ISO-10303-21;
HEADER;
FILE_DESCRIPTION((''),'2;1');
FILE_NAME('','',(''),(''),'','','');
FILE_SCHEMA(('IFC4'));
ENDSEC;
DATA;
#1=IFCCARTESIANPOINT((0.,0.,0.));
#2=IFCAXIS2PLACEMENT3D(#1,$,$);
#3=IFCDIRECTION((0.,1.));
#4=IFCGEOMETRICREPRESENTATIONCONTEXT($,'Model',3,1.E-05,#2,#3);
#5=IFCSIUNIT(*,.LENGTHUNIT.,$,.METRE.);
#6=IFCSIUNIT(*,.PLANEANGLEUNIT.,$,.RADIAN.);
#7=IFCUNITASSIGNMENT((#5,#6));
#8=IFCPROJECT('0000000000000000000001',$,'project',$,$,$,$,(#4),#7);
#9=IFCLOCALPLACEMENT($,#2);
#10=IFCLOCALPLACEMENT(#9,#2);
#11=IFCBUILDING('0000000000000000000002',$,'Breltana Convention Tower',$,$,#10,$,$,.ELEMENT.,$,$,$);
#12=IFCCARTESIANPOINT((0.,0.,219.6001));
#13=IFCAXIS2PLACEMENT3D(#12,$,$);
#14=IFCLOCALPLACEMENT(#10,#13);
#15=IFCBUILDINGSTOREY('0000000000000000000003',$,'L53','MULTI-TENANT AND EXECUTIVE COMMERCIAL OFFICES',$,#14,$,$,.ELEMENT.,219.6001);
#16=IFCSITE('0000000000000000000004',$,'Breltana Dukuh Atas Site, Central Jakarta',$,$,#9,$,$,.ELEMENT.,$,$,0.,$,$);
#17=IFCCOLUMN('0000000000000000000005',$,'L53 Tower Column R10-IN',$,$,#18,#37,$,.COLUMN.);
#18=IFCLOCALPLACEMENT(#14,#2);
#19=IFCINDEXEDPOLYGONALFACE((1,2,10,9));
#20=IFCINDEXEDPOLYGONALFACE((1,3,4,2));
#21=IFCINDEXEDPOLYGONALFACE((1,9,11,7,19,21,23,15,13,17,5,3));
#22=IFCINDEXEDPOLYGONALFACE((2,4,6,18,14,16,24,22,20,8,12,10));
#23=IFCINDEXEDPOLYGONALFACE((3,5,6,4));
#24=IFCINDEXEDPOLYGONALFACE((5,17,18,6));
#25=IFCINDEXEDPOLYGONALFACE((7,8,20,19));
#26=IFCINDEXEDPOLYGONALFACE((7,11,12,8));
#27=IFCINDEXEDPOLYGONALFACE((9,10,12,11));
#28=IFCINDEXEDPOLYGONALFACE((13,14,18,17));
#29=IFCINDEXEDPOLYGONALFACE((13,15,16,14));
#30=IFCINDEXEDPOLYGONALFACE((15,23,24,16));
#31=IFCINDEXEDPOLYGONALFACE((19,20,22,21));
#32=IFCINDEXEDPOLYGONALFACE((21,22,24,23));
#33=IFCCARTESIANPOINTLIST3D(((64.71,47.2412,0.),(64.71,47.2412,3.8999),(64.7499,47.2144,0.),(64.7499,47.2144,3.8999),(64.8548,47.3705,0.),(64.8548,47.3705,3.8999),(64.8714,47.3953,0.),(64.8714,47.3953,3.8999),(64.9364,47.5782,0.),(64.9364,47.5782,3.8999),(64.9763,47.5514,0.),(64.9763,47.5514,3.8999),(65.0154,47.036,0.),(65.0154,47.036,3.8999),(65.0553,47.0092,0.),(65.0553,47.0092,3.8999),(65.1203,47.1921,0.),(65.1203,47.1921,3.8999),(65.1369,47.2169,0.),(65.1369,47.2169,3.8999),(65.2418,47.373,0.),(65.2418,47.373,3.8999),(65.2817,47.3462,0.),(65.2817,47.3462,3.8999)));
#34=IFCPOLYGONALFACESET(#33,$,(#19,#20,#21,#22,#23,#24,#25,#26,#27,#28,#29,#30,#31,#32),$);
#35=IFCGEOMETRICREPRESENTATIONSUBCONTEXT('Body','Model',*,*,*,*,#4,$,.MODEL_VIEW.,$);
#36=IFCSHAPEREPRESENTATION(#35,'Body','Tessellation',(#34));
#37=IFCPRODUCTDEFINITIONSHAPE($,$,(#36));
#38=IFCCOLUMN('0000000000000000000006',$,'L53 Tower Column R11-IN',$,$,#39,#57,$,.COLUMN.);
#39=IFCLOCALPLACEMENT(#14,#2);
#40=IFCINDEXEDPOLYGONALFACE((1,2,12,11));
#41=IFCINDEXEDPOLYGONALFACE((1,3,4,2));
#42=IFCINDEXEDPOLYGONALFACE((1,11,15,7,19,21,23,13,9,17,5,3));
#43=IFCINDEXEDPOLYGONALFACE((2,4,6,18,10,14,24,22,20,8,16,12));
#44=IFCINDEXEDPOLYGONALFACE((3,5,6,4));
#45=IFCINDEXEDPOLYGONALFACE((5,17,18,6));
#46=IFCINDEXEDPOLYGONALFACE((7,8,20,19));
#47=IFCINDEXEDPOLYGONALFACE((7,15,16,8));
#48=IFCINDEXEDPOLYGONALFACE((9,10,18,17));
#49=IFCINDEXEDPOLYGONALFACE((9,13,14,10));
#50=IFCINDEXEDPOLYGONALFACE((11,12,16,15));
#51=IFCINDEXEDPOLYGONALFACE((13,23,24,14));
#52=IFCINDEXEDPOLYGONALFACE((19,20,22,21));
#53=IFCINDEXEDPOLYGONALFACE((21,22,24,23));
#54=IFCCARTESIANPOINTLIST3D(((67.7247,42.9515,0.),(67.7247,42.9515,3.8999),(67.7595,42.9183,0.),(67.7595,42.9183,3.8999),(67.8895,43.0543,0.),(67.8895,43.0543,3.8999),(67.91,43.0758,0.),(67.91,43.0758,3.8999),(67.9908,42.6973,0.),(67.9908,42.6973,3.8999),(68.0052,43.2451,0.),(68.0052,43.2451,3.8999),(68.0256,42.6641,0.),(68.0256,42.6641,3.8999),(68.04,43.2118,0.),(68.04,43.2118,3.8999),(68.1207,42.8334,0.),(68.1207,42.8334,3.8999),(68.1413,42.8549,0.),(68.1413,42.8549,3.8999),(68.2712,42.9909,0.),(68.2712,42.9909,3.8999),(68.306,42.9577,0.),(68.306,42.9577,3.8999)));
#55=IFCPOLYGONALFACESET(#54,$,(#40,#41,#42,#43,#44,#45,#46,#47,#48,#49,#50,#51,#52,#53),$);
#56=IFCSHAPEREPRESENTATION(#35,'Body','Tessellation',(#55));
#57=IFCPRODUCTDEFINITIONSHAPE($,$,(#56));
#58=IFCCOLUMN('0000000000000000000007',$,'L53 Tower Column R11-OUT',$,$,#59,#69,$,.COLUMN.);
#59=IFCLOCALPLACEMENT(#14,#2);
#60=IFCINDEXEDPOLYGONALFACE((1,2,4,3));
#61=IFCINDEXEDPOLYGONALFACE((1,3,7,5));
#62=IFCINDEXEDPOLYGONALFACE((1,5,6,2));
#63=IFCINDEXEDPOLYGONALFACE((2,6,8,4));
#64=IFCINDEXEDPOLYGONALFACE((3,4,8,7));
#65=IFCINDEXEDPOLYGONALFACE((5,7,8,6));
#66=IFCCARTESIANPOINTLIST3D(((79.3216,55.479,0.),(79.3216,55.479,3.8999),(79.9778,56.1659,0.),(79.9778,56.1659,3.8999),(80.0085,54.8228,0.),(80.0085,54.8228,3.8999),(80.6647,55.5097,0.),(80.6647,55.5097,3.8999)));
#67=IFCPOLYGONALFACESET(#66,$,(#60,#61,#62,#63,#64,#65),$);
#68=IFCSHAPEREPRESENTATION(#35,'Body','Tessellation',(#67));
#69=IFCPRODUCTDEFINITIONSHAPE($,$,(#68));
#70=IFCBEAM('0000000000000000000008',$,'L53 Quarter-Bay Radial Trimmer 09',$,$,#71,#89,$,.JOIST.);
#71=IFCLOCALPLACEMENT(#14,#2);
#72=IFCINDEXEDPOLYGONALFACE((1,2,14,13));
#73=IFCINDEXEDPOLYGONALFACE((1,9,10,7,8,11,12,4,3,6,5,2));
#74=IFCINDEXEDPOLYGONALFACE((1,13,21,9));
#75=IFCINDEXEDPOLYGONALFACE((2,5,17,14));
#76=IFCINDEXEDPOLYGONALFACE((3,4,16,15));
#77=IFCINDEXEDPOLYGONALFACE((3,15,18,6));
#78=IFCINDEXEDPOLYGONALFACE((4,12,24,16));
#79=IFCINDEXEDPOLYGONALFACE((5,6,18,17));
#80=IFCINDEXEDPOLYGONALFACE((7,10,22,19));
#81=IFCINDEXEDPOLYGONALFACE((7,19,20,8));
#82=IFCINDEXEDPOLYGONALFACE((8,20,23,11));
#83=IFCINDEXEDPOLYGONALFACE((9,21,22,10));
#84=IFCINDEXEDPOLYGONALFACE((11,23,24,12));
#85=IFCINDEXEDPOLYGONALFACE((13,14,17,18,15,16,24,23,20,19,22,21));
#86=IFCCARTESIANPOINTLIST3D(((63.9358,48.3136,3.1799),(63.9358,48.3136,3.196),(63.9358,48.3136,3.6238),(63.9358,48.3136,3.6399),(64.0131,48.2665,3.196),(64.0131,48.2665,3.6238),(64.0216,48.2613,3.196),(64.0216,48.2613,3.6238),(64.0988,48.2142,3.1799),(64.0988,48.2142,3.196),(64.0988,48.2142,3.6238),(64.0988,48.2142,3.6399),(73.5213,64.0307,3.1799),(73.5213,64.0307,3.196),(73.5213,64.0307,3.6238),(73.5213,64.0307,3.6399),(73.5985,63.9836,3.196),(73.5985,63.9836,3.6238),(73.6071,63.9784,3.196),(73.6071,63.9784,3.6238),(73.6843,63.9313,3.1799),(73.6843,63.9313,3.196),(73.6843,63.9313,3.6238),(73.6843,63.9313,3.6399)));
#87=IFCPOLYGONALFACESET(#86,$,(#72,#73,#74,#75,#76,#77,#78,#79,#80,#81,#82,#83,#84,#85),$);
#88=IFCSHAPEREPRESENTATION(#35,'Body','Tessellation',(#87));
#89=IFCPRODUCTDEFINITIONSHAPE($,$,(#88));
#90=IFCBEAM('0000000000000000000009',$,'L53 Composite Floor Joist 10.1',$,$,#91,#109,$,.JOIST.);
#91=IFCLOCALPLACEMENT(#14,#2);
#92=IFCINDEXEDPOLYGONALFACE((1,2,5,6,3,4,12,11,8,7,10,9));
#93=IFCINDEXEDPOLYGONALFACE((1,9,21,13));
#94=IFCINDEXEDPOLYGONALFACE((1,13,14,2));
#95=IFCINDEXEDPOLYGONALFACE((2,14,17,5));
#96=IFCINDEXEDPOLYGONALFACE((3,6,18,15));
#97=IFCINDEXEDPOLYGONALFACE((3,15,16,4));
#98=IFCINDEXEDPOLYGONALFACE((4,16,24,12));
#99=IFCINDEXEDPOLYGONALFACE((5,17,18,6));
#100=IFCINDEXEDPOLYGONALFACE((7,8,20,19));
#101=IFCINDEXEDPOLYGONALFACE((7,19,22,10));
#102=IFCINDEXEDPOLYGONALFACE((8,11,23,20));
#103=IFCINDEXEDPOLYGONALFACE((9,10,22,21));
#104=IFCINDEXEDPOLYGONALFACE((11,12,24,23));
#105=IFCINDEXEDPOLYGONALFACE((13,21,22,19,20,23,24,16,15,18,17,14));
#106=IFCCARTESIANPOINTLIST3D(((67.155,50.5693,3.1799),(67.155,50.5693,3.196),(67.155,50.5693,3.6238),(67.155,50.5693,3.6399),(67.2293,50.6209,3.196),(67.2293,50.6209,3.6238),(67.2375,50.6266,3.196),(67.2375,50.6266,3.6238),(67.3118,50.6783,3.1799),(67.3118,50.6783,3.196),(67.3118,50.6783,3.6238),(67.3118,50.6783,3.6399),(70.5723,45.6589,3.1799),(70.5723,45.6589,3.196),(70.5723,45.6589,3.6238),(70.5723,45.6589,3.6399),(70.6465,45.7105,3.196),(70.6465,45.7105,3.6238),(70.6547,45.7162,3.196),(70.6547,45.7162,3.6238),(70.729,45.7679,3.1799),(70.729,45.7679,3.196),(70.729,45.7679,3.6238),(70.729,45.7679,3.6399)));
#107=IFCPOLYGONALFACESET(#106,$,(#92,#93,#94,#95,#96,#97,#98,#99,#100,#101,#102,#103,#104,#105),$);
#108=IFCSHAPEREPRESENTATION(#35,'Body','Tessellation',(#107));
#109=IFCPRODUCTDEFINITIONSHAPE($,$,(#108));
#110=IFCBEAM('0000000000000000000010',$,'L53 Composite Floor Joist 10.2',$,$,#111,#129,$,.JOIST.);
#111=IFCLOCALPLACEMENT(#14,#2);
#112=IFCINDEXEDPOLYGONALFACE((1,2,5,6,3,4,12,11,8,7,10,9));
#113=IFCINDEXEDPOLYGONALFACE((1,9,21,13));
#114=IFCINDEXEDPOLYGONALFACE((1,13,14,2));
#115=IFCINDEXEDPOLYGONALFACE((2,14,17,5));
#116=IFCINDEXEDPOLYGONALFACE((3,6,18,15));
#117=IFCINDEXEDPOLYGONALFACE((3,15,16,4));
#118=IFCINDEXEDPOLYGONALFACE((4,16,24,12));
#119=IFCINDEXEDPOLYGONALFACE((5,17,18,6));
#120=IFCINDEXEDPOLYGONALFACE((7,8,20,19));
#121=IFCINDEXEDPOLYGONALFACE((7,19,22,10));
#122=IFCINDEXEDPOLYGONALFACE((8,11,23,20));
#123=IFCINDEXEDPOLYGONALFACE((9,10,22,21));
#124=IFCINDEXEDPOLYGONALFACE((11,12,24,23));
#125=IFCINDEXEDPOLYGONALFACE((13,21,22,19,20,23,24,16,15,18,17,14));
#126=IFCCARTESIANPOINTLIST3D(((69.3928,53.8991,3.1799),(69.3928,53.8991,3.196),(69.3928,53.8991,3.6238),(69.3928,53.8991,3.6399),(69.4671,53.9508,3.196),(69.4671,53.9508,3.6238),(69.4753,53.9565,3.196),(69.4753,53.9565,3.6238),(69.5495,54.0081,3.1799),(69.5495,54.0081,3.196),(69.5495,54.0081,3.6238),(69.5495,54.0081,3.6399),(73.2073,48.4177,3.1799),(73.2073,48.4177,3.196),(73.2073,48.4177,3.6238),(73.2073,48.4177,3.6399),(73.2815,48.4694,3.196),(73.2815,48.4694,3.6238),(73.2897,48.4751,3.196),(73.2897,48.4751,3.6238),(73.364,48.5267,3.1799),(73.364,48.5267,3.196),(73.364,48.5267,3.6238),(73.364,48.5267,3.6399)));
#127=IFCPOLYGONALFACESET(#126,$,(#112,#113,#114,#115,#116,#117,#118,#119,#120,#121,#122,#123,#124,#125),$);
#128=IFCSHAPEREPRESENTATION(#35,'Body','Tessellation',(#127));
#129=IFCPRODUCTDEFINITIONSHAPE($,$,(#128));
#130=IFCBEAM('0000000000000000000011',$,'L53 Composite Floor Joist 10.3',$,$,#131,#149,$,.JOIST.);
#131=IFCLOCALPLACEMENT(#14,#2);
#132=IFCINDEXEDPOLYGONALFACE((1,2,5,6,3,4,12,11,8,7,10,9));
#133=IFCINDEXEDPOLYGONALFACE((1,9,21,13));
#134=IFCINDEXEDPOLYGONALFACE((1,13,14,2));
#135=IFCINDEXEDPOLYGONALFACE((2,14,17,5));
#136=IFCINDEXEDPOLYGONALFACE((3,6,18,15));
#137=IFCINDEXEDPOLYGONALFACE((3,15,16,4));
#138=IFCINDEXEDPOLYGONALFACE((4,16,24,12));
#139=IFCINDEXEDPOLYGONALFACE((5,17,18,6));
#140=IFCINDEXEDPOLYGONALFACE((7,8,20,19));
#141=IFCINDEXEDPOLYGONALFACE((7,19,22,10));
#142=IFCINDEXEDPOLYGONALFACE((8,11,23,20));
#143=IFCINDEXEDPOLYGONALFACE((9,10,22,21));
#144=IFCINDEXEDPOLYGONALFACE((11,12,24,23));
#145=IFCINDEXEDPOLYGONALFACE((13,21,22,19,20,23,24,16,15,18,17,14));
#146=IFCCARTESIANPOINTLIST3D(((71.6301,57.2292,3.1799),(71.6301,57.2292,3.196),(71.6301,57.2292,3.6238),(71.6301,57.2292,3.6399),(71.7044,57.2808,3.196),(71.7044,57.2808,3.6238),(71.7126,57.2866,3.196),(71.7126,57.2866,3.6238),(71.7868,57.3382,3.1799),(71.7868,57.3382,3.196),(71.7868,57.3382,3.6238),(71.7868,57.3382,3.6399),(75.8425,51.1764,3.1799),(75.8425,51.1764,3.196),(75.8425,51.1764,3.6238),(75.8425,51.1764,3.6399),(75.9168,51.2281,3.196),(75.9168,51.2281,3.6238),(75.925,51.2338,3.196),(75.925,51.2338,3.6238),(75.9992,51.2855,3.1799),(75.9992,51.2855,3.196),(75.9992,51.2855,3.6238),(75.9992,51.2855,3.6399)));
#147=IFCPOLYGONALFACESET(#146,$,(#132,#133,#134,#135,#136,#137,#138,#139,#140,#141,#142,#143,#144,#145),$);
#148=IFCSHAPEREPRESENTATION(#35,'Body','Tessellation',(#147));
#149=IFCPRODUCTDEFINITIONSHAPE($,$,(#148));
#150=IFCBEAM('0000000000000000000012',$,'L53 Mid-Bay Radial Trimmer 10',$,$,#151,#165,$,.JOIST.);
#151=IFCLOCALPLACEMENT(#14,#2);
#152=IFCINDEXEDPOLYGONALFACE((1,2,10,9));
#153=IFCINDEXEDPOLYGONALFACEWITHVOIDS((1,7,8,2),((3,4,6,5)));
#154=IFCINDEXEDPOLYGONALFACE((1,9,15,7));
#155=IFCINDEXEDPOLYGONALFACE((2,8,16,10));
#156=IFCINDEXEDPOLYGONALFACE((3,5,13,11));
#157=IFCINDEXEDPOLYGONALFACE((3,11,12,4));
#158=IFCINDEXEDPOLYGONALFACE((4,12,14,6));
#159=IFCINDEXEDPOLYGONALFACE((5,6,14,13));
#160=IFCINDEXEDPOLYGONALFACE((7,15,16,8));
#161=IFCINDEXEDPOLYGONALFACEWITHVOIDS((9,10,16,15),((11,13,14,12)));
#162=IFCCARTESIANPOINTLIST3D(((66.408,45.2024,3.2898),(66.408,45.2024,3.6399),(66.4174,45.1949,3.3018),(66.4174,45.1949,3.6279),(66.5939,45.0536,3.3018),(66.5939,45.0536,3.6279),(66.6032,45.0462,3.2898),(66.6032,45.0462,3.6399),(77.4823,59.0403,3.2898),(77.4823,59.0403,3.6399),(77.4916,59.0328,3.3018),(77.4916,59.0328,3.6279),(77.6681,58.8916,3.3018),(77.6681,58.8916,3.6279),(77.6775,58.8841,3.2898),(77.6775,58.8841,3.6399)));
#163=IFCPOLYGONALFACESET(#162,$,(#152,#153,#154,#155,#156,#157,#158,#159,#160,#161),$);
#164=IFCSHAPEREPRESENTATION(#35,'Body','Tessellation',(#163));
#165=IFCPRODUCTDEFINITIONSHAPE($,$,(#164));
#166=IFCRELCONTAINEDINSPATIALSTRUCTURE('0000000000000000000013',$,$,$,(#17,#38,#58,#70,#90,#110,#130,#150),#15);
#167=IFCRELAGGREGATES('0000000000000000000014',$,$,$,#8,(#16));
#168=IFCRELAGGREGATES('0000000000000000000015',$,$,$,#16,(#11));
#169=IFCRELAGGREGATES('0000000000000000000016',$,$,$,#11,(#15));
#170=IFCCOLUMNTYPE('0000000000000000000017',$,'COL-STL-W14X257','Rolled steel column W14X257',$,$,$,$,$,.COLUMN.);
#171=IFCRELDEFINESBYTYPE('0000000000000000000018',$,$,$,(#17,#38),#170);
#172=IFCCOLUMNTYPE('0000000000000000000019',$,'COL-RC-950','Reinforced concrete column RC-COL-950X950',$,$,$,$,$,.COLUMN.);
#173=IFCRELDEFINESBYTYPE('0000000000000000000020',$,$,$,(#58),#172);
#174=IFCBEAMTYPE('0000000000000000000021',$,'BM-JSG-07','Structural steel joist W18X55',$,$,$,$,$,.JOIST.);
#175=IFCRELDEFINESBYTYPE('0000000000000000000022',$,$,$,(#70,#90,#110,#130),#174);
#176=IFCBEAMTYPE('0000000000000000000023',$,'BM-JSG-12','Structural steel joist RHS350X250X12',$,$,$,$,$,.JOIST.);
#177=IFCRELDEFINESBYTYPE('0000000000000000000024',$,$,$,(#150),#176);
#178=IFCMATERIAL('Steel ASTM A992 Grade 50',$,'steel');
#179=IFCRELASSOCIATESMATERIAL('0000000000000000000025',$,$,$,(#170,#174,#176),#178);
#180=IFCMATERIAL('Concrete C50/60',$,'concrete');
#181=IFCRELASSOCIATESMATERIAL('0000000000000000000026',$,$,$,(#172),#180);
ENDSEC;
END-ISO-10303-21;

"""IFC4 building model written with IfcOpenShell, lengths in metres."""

from ifc_helpers import new_model, si_unit, direction, frame, origin, origin_2d, place, context, subcontext, project, spatial, rectangle, hollow_rectangle, i_section, extrude, source, transform, mapped, material, material_profile, profile_set, type_object, element, save


model = new_model("IFC4")

# Units and contexts
model_context = context("Model", 3, precision=1e-05, world=origin(), true_north=direction((0.0, 1.0)))
body_context = subcontext(model_context, "Body", "Model", "MODEL_VIEW")
ifc_project = project(units=[si_unit("LENGTHUNIT", "METRE"), si_unit("PLANEANGLEUNIT", "RADIAN")], contexts=[model_context])

# Site, building, storey
site_placement = place(None, origin())
site = spatial("IfcSite", under=ifc_project, at=site_placement, Name="Breltana Dukuh Atas Site, Central Jakarta", CompositionType="ELEMENT", RefElevation=0.0)
building_placement = place(site_placement, origin())
building = spatial("IfcBuilding", under=site, at=building_placement, Name="Breltana Convention Tower", CompositionType="ELEMENT")
storey_placement = place(building_placement, frame((0.0, 0.0, 219.6001)))
storey = spatial("IfcBuildingStorey", under=building, at=storey_placement, Name="L53", Description="MULTI-TENANT AND EXECUTIVE COMMERCIAL OFFICES", CompositionType="ELEMENT", Elevation=219.6001)

# Columns
ifc_material_1 = material(Name="Steel ASTM A992 Grade 50", Category="steel")
ifc_material_profile_1 = material_profile(ifc_material_1, i_section(OverallWidth=0.406, OverallDepth=0.416, WebThickness=0.0298, FlangeThickness=0.0481, at=origin_2d()), Name="W14X257")
ifc_profile_set_1 = profile_set([ifc_material_profile_1], Name="Steel ASTM A992 Grade 50")
column_type_1 = type_object("IfcColumnType", Name="COL-STL-W14X257", Description="Rolled steel column W14X257", PredefinedType="COLUMN", material=ifc_profile_set_1)
shared_shape_1 = source(origin(), body_context, "Body", "SweptSolid", [
    extrude(i_section(OverallWidth=0.406, OverallDepth=0.416, WebThickness=0.0298, FlangeThickness=0.0481, at=origin_2d()), origin(), (0.0, 0.0, 1.0), 3.8999),
])
for number, where, z_axis, x_axis, name in (
    (1, (64.9958, 47.2937, 0.0), (0.0, 0.0, 1.0), (0.557745, 0.830012, 0.0), "L53 Tower Column R10-IN"),
    (2, (68.0154, 42.9546, 0.0), (0.0, 0.0, 1.0), (0.690756, 0.723088, 0.0), "L53 Tower Column R11-IN"),
):
    element("IfcColumn", number, at=place(storey_placement, frame(where, z_axis=z_axis, x_axis=x_axis)), inside=storey, type_object=column_type_1, Name=name, PredefinedType="COLUMN", context=body_context, shape_type="MappedRepresentation", body=[
        mapped(shared_shape_1, transform((0.0, 0.0, 0.0), scale=1.0)),
    ])
ifc_material_2 = material(Name="Concrete C50/60", Category="concrete")
ifc_material_profile_2 = material_profile(ifc_material_2, rectangle(XDim=0.95, YDim=0.95, at=origin_2d()), Name="RC-COL-950X950")
ifc_profile_set_2 = profile_set([ifc_material_profile_2], Name="Concrete C50/60")
column_type_2 = type_object("IfcColumnType", Name="COL-RC-950", Description="Reinforced concrete column RC-COL-950X950", PredefinedType="COLUMN", material=ifc_profile_set_2)
shared_shape_2 = source(origin(), body_context, "Body", "SweptSolid", [
    extrude(rectangle(XDim=0.95, YDim=0.95, at=origin_2d()), origin(), (0.0, 0.0, 1.0), 3.8999),
])
column_placement = place(storey_placement, frame((79.9932, 55.4944, 0.0), z_axis=(0.0, 0.0, 1.0), x_axis=(0.690756, 0.723088, 0.0)))
element("IfcColumn", 3, at=column_placement, inside=storey, type_object=column_type_2, Name="L53 Tower Column R11-OUT", PredefinedType="COLUMN", context=body_context, shape_type="MappedRepresentation", body=[
    mapped(shared_shape_2, transform((0.0, 0.0, 0.0), scale=1.0)),
])

# Beams
ifc_material_profile_3 = material_profile(ifc_material_1, i_section(OverallWidth=0.1909, OverallDepth=0.46, WebThickness=0.01, FlangeThickness=0.0161, at=origin_2d()), Name="W18X55")
ifc_profile_set_3 = profile_set([ifc_material_profile_3], Name="Steel ASTM A992 Grade 50")
beam_type_1 = type_object("IfcBeamType", Name="BM-JSG-07", Description="Structural steel joist W18X55", PredefinedType="JOIST", material=ifc_profile_set_3)
shared_shape_3 = source(origin(), body_context, "Body", "SweptSolid", [
    extrude(i_section(OverallWidth=0.1909, OverallDepth=0.46, WebThickness=0.01, FlangeThickness=0.0161, at=origin_2d()), origin(), (0.0, 0.0, 1.0), 18.4094),
])
beam_1_placement = place(storey_placement, frame((64.0173, 48.2639, 3.4099), z_axis=(0.520682, 0.853751, 0.0), x_axis=(-0.853751, 0.520682, 0.0)))
element("IfcBeam", 4, at=beam_1_placement, inside=storey, type_object=beam_type_1, Name="L53 Quarter-Bay Radial Trimmer 09", PredefinedType="JOIST", context=body_context, shape_type="MappedRepresentation", body=[
    mapped(shared_shape_3, transform((0.0, 0.0, 0.0), scale=1.0)),
])
shared_shape_4 = source(origin(), body_context, "Body", "SweptSolid", [
    extrude(i_section(OverallWidth=0.1909, OverallDepth=0.46, WebThickness=0.01, FlangeThickness=0.0161, at=origin_2d()), origin(), (0.0, 0.0, 1.0), 5.9824),
])
beam_2_placement = place(storey_placement, frame((67.2334, 50.6238, 3.4099), z_axis=(0.571212, -0.820803, 0.0), x_axis=(0.820803, 0.571212, 0.0)))
element("IfcBeam", 5, at=beam_2_placement, inside=storey, type_object=beam_type_1, Name="L53 Composite Floor Joist 10.1", PredefinedType="JOIST", context=body_context, shape_type="MappedRepresentation", body=[
    mapped(shared_shape_4, transform((0.0, 0.0, 0.0), scale=1.0)),
])
shared_shape_5 = source(origin(), body_context, "Body", "SweptSolid", [
    extrude(i_section(OverallWidth=0.1909, OverallDepth=0.46, WebThickness=0.01, FlangeThickness=0.0161, at=origin_2d()), origin(), (0.0, 0.0, 1.0), 6.678),
])
beam_3_placement = place(storey_placement, frame((69.4712, 53.9536, 3.4099), z_axis=(0.571193, -0.820816, 0.0), x_axis=(0.820816, 0.571193, 0.0)))
element("IfcBeam", 6, at=beam_3_placement, inside=storey, type_object=beam_type_1, Name="L53 Composite Floor Joist 10.2", PredefinedType="JOIST", context=body_context, shape_type="MappedRepresentation", body=[
    mapped(shared_shape_5, transform((0.0, 0.0, 0.0), scale=1.0)),
])
shared_shape_6 = source(origin(), body_context, "Body", "SweptSolid", [
    extrude(i_section(OverallWidth=0.1909, OverallDepth=0.46, WebThickness=0.01, FlangeThickness=0.0161, at=origin_2d()), origin(), (0.0, 0.0, 1.0), 7.3743),
])
beam_4_placement = place(storey_placement, frame((71.7085, 57.2837, 3.4099), z_axis=(0.571229, -0.82079, 0.0), x_axis=(0.82079, 0.571229, 0.0)))
element("IfcBeam", 7, at=beam_4_placement, inside=storey, type_object=beam_type_1, Name="L53 Composite Floor Joist 10.3", PredefinedType="JOIST", context=body_context, shape_type="MappedRepresentation", body=[
    mapped(shared_shape_6, transform((0.0, 0.0, 0.0), scale=1.0)),
])
ifc_material_profile_4 = material_profile(ifc_material_1, hollow_rectangle(XDim=0.25, YDim=0.3501, WallThickness=0.012, at=origin_2d()), Name="RHS350X250X12")
ifc_profile_set_4 = profile_set([ifc_material_profile_4], Name="Steel ASTM A992 Grade 50")
beam_type_2 = type_object("IfcBeamType", Name="BM-JSG-12", Description="Structural steel joist RHS350X250X12", PredefinedType="JOIST", material=ifc_profile_set_4)
shared_shape_7 = source(origin(), body_context, "Body", "SweptSolid", [
    extrude(hollow_rectangle(XDim=0.25, YDim=0.3501, WallThickness=0.012, at=origin_2d()), origin(), (0.0, 0.0, 1.0), 17.7236),
])
beam_5_placement = place(storey_placement, frame((66.5056, 45.1243, 3.4648), z_axis=(0.624829, 0.780761, 0.0), x_axis=(-0.780761, 0.624829, 0.0)))
element("IfcBeam", 8, at=beam_5_placement, inside=storey, type_object=beam_type_2, Name="L53 Mid-Bay Radial Trimmer 10", PredefinedType="JOIST", context=body_context, shape_type="MappedRepresentation", body=[
    mapped(shared_shape_7, transform((0.0, 0.0, 0.0), scale=1.0)),
])

save(model, "model.ifc")
